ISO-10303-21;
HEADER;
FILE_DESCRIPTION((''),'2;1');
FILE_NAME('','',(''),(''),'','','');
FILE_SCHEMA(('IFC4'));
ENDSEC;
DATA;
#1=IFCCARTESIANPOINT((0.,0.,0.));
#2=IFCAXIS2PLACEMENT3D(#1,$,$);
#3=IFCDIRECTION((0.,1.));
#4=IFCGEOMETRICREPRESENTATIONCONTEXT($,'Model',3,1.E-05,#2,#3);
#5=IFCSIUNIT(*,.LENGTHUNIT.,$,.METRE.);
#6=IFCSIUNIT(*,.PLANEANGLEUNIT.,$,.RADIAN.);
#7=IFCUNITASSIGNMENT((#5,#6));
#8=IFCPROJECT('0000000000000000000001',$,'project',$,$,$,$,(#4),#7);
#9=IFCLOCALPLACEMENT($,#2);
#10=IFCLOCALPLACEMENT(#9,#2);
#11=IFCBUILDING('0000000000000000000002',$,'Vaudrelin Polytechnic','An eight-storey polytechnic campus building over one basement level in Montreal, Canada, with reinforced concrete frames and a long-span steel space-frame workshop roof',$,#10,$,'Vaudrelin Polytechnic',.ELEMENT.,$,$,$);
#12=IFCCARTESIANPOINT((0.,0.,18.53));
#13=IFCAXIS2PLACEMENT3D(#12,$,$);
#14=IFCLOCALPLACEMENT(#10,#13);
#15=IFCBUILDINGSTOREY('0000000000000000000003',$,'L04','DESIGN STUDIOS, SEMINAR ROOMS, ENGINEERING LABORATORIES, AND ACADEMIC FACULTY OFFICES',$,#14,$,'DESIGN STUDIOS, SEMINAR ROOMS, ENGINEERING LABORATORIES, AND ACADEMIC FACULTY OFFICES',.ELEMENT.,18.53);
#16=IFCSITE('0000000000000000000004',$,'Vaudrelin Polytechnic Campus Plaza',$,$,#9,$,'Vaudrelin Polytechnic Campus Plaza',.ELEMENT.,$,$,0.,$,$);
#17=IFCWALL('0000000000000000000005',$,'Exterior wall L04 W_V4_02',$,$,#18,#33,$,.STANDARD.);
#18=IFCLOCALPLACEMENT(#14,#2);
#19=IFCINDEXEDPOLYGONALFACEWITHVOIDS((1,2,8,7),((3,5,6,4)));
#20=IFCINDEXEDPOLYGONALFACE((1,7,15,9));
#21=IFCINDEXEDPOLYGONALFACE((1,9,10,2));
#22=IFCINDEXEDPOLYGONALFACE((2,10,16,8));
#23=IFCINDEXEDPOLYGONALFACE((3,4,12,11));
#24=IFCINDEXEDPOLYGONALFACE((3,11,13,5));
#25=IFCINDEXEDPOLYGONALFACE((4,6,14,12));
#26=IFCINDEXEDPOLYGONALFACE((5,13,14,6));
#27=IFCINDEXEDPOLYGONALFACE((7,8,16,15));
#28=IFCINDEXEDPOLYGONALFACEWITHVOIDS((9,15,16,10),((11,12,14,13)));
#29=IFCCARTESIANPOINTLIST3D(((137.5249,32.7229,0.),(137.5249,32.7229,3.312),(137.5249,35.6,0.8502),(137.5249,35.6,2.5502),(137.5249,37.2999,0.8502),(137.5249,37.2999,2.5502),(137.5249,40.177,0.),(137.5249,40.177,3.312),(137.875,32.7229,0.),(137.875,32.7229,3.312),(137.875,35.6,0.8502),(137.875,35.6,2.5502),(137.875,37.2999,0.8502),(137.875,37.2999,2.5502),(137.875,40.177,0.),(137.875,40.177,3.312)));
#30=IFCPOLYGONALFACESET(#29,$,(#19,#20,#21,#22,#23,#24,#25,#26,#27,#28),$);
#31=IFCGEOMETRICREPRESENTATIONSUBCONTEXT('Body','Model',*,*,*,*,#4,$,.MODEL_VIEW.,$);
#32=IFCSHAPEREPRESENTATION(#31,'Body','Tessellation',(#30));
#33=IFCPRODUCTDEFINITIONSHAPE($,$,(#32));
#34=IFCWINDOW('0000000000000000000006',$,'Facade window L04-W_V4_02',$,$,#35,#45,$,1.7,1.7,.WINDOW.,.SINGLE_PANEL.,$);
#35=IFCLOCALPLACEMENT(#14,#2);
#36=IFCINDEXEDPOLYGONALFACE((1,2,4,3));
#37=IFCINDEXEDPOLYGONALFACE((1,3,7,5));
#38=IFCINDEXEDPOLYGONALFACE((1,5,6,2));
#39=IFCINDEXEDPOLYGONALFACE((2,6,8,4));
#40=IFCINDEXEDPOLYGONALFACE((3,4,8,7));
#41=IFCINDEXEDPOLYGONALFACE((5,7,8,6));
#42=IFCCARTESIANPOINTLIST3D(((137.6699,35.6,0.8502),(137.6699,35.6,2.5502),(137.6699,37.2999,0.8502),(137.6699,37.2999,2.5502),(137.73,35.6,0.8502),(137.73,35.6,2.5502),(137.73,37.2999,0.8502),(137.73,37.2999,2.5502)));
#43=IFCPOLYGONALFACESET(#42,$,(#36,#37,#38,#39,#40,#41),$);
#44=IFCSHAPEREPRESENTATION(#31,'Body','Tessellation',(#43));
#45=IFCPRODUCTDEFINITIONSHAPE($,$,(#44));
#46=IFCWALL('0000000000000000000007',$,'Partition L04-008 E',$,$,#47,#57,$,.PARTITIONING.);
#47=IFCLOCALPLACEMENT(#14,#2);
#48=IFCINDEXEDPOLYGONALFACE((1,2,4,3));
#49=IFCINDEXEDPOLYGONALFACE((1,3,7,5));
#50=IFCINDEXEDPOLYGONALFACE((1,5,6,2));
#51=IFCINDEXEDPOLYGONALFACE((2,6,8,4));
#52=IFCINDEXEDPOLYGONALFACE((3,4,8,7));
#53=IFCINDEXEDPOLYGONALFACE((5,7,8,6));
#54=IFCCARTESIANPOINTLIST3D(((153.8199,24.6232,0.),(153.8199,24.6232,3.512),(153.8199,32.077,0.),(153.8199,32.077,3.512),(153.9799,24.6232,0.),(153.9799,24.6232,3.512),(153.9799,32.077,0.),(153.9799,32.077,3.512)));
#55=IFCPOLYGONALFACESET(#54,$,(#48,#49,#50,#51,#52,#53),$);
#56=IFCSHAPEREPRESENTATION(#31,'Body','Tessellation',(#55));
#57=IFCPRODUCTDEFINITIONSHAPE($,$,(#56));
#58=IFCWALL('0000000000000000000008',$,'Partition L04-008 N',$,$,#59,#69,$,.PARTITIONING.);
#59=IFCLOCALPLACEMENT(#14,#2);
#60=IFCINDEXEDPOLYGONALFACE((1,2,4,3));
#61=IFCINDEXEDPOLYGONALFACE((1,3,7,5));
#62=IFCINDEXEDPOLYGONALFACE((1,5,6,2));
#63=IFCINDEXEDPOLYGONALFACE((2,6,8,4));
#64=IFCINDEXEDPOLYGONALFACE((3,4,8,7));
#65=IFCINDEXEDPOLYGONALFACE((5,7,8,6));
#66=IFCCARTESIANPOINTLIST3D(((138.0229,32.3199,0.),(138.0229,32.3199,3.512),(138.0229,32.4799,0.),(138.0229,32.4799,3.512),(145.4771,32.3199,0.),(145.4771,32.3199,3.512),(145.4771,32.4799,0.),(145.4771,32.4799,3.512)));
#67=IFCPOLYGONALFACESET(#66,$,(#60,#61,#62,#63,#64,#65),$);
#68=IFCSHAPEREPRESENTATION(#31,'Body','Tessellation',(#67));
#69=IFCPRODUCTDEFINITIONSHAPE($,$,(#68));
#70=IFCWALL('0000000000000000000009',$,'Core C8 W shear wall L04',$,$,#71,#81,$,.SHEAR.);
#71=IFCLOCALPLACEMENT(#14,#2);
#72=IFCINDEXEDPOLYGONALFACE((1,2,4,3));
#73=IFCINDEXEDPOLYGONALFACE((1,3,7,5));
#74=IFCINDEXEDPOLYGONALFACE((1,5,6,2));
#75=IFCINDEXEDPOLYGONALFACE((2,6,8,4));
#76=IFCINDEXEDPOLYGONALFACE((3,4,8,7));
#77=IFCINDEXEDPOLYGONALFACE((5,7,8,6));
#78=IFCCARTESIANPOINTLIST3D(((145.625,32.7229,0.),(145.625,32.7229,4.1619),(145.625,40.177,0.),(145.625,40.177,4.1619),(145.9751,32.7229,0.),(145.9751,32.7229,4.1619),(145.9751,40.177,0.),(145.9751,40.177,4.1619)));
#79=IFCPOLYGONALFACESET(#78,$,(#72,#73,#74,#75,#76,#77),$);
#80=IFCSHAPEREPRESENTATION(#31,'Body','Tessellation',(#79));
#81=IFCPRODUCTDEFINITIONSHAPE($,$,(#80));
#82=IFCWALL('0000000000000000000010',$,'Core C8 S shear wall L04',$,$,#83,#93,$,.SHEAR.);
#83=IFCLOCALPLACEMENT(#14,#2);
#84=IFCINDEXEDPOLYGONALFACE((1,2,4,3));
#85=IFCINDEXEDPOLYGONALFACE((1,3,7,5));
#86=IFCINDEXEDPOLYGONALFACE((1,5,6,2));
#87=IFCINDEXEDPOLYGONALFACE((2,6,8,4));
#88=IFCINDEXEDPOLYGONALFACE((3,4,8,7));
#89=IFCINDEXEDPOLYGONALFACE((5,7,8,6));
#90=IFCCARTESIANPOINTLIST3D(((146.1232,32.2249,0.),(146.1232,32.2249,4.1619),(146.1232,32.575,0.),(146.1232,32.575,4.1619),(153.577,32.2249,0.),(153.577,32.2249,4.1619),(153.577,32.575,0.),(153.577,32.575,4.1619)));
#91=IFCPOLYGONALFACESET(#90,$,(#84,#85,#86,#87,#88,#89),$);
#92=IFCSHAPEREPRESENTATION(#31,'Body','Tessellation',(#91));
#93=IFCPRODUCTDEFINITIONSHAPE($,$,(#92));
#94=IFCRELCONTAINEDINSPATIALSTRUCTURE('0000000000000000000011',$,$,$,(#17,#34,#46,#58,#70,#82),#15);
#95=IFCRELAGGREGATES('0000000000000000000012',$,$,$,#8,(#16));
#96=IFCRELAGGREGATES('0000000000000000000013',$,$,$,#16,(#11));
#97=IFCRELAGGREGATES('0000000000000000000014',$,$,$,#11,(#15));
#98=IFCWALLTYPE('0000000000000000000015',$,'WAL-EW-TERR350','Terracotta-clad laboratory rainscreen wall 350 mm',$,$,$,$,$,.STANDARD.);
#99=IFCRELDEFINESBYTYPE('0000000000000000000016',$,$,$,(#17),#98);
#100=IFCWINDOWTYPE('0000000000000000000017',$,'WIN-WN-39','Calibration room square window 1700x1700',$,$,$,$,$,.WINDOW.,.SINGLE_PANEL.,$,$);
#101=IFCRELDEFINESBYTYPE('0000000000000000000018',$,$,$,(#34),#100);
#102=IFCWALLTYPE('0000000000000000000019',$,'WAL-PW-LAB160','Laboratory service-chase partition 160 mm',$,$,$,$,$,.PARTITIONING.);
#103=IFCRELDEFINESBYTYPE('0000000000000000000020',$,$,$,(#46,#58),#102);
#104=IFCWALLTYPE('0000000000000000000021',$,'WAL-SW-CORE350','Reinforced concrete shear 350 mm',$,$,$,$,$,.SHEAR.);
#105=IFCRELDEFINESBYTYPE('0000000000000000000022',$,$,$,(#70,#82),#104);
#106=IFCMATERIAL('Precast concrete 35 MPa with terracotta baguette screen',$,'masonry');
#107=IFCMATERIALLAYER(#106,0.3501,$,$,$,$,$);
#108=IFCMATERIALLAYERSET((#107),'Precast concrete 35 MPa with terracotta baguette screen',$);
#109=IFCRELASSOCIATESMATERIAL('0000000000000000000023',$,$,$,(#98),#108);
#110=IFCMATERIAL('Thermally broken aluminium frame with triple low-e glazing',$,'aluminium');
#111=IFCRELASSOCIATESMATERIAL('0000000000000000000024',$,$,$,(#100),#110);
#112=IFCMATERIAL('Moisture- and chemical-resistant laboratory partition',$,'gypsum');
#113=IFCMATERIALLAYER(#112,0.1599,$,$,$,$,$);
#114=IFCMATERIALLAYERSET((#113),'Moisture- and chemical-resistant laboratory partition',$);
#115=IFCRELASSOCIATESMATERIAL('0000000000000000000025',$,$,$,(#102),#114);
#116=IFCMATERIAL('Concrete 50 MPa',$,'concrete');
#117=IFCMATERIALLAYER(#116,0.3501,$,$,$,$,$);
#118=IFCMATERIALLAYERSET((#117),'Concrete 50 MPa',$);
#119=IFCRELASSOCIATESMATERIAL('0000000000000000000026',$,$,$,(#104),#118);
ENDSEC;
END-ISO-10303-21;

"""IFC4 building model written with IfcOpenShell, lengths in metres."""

from ifc_helpers import new_model, si_unit, direction, frame, frame_2d, origin, place, context, subcontext, project, spatial, rectangle, extrude, material, layer, layer_set, type_object, element, fill, save


model = new_model("IFC4")

# Units and contexts
model_context = context("Model", 3, precision=1e-05, world=origin(), true_north=direction((0.0, 1.0)))
body_context = subcontext(model_context, "Body", "Model", "MODEL_VIEW")
ifc_project = project(units=[si_unit("LENGTHUNIT", "METRE"), si_unit("PLANEANGLEUNIT", "RADIAN")], contexts=[model_context])

# Site, building, storey
site_placement = place(None, origin())
site = spatial("IfcSite", under=ifc_project, at=site_placement, Name="Vaudrelin Polytechnic Campus Plaza", LongName="Vaudrelin Polytechnic Campus Plaza", CompositionType="ELEMENT", RefElevation=0.0)
building_placement = place(site_placement, origin())
building = spatial("IfcBuilding", under=site, at=building_placement, Name="Vaudrelin Polytechnic", Description="An eight-storey polytechnic campus building over one basement level in Montreal, Canada, with reinforced concrete frames and a long-span steel space-frame workshop roof", LongName="Vaudrelin Polytechnic", CompositionType="ELEMENT")
storey_placement = place(building_placement, frame((0.0, 0.0, 18.53)))
storey = spatial("IfcBuildingStorey", under=building, at=storey_placement, Name="L04", Description="DESIGN STUDIOS, SEMINAR ROOMS, ENGINEERING LABORATORIES, AND ACADEMIC FACULTY OFFICES", LongName="DESIGN STUDIOS, SEMINAR ROOMS, ENGINEERING LABORATORIES, AND ACADEMIC FACULTY OFFICES", CompositionType="ELEMENT", Elevation=18.53)

# Shared definitions
ifc_material_1 = material(Name="Concrete 50 MPa", Category="concrete")

# Wall, opening, window
ifc_material_2 = material(Name="Precast concrete 35 MPa with terracotta baguette screen", Category="masonry")
ifc_layer_1 = layer(ifc_material_2, 0.3501)
ifc_layer_set_1 = layer_set([ifc_layer_1], Name="Precast concrete 35 MPa with terracotta baguette screen")
wall_type_1 = type_object("IfcWallType", Name="WAL-EW-TERR350", Description="Terracotta-clad laboratory rainscreen wall 350 mm", PredefinedType="STANDARD", material=ifc_layer_set_1)
ifc_material_3 = material(Name="Thermally broken aluminium frame with triple low-e glazing", Category="aluminium")
wall_1_placement = place(storey_placement, frame((137.7, 32.7229, 0.0), z_axis=(0.0, 0.0, 1.0), x_axis=(0.0, 1.0, 0.0)))
wall_1 = element("IfcWall", 1, at=wall_1_placement, inside=storey, type_object=wall_type_1, Name="Exterior wall L04 W_V4_02", PredefinedType="STANDARD", context=body_context, shape_type="SweptSolid", body=[
    extrude(rectangle(XDim=7.4541, YDim=0.3501, at=frame_2d((3.7271, 0.0))), origin(), (0.0, 0.0, 1.0), 3.312),
])
opening_1_placement = place(wall_1_placement, frame((2.877, 0.0, 0.8501)))
opening_1 = element("IfcOpeningElement", 2, at=opening_1_placement, cuts=wall_1, PredefinedType="OPENING", context=body_context, shape_type="SweptSolid", body=[
    extrude(rectangle(XDim=1.7, YDim=1.7, at=frame_2d((0.8501, 0.8501))), frame((0.0, 0.1851, 0.0), z_axis=(0.0, -1.0, 0.0), x_axis=(1.0, 0.0, 0.0)), (0.0, 0.0, 1.0), 0.3701),
])
window_type_1 = type_object("IfcWindowType", Name="WIN-WN-39", Description="Calibration room square window 1700x1700", PartitioningType="SINGLE_PANEL", PredefinedType="WINDOW", material=ifc_material_3)
window_1_placement = place(opening_1_placement, origin())
window_1 = element("IfcWindow", 3, at=window_1_placement, inside=storey, type_object=window_type_1, Name="Facade window L04-W_V4_02", OverallHeight=1.7, OverallWidth=1.7, PartitioningType="SINGLE_PANEL", PredefinedType="WINDOW", context=body_context, shape_type="SweptSolid", body=[
    extrude(rectangle(XDim=1.7, YDim=1.7, at=frame_2d((0.8501, 0.8501))), frame((0.0, 0.03, 0.0), z_axis=(0.0, -1.0, 0.0), x_axis=(1.0, 0.0, 0.0)), (0.0, 0.0, 1.0), 0.0601),
])
fill(opening_1, window_1)

# Walls
ifc_material_4 = material(Name="Moisture- and chemical-resistant laboratory partition", Category="gypsum")
ifc_layer_2 = layer(ifc_material_4, 0.1599)
ifc_layer_set_2 = layer_set([ifc_layer_2], Name="Moisture- and chemical-resistant laboratory partition")
wall_type_2 = type_object("IfcWallType", Name="WAL-PW-LAB160", Description="Laboratory service-chase partition 160 mm", PredefinedType="PARTITIONING", material=ifc_layer_set_2)
wall_2_placement = place(storey_placement, frame((153.8999, 24.623, 0.0), z_axis=(0.0, 0.0, 1.0), x_axis=(0.0, 1.0, 0.0)))
element("IfcWall", 4, at=wall_2_placement, inside=storey, type_object=wall_type_2, Name="Partition L04-008 E", PredefinedType="PARTITIONING", context=body_context, shape_type="SweptSolid", body=[
    extrude(rectangle(XDim=7.4539, YDim=0.1599, at=frame_2d((3.7271, 0.0))), origin(), (0.0, 0.0, 1.0), 3.512),
])
wall_3_placement = place(storey_placement, frame((138.0229, 32.3999, 0.0), z_axis=(0.0, 0.0, 1.0), x_axis=(1.0, 0.0, 0.0)))
element("IfcWall", 5, at=wall_3_placement, inside=storey, type_object=wall_type_2, Name="Partition L04-008 N", PredefinedType="PARTITIONING", context=body_context, shape_type="SweptSolid", body=[
    extrude(rectangle(XDim=7.4541, YDim=0.1599, at=frame_2d((3.7271, 0.0))), origin(), (0.0, 0.0, 1.0), 3.512),
])
ifc_layer_3 = layer(ifc_material_1, 0.3501)
ifc_layer_set_3 = layer_set([ifc_layer_3], Name="Concrete 50 MPa")
wall_type_3 = type_object("IfcWallType", Name="WAL-SW-CORE350", Description="Reinforced concrete shear 350 mm", PredefinedType="SHEAR", material=ifc_layer_set_3)
wall_4_placement = place(storey_placement, frame((145.8, 32.7229, 0.0), z_axis=(0.0, 0.0, 1.0), x_axis=(0.0, 1.0, 0.0)))
element("IfcWall", 6, at=wall_4_placement, inside=storey, type_object=wall_type_3, Name="Core C8 W shear wall L04", PredefinedType="SHEAR", context=body_context, shape_type="SweptSolid", body=[
    extrude(rectangle(XDim=7.4541, YDim=0.3501, at=frame_2d((3.7271, 0.0))), origin(), (0.0, 0.0, 1.0), 4.1619),
])
wall_5_placement = place(storey_placement, frame((146.123, 32.3999, 0.0), z_axis=(0.0, 0.0, 1.0), x_axis=(1.0, 0.0, 0.0)))
element("IfcWall", 7, at=wall_5_placement, inside=storey, type_object=wall_type_3, Name="Core C8 S shear wall L04", PredefinedType="SHEAR", context=body_context, shape_type="SweptSolid", body=[
    extrude(rectangle(XDim=7.4539, YDim=0.3501, at=frame_2d((3.7271, 0.0))), origin(), (0.0, 0.0, 1.0), 4.1619),
])

save(model, "model.ifc")
